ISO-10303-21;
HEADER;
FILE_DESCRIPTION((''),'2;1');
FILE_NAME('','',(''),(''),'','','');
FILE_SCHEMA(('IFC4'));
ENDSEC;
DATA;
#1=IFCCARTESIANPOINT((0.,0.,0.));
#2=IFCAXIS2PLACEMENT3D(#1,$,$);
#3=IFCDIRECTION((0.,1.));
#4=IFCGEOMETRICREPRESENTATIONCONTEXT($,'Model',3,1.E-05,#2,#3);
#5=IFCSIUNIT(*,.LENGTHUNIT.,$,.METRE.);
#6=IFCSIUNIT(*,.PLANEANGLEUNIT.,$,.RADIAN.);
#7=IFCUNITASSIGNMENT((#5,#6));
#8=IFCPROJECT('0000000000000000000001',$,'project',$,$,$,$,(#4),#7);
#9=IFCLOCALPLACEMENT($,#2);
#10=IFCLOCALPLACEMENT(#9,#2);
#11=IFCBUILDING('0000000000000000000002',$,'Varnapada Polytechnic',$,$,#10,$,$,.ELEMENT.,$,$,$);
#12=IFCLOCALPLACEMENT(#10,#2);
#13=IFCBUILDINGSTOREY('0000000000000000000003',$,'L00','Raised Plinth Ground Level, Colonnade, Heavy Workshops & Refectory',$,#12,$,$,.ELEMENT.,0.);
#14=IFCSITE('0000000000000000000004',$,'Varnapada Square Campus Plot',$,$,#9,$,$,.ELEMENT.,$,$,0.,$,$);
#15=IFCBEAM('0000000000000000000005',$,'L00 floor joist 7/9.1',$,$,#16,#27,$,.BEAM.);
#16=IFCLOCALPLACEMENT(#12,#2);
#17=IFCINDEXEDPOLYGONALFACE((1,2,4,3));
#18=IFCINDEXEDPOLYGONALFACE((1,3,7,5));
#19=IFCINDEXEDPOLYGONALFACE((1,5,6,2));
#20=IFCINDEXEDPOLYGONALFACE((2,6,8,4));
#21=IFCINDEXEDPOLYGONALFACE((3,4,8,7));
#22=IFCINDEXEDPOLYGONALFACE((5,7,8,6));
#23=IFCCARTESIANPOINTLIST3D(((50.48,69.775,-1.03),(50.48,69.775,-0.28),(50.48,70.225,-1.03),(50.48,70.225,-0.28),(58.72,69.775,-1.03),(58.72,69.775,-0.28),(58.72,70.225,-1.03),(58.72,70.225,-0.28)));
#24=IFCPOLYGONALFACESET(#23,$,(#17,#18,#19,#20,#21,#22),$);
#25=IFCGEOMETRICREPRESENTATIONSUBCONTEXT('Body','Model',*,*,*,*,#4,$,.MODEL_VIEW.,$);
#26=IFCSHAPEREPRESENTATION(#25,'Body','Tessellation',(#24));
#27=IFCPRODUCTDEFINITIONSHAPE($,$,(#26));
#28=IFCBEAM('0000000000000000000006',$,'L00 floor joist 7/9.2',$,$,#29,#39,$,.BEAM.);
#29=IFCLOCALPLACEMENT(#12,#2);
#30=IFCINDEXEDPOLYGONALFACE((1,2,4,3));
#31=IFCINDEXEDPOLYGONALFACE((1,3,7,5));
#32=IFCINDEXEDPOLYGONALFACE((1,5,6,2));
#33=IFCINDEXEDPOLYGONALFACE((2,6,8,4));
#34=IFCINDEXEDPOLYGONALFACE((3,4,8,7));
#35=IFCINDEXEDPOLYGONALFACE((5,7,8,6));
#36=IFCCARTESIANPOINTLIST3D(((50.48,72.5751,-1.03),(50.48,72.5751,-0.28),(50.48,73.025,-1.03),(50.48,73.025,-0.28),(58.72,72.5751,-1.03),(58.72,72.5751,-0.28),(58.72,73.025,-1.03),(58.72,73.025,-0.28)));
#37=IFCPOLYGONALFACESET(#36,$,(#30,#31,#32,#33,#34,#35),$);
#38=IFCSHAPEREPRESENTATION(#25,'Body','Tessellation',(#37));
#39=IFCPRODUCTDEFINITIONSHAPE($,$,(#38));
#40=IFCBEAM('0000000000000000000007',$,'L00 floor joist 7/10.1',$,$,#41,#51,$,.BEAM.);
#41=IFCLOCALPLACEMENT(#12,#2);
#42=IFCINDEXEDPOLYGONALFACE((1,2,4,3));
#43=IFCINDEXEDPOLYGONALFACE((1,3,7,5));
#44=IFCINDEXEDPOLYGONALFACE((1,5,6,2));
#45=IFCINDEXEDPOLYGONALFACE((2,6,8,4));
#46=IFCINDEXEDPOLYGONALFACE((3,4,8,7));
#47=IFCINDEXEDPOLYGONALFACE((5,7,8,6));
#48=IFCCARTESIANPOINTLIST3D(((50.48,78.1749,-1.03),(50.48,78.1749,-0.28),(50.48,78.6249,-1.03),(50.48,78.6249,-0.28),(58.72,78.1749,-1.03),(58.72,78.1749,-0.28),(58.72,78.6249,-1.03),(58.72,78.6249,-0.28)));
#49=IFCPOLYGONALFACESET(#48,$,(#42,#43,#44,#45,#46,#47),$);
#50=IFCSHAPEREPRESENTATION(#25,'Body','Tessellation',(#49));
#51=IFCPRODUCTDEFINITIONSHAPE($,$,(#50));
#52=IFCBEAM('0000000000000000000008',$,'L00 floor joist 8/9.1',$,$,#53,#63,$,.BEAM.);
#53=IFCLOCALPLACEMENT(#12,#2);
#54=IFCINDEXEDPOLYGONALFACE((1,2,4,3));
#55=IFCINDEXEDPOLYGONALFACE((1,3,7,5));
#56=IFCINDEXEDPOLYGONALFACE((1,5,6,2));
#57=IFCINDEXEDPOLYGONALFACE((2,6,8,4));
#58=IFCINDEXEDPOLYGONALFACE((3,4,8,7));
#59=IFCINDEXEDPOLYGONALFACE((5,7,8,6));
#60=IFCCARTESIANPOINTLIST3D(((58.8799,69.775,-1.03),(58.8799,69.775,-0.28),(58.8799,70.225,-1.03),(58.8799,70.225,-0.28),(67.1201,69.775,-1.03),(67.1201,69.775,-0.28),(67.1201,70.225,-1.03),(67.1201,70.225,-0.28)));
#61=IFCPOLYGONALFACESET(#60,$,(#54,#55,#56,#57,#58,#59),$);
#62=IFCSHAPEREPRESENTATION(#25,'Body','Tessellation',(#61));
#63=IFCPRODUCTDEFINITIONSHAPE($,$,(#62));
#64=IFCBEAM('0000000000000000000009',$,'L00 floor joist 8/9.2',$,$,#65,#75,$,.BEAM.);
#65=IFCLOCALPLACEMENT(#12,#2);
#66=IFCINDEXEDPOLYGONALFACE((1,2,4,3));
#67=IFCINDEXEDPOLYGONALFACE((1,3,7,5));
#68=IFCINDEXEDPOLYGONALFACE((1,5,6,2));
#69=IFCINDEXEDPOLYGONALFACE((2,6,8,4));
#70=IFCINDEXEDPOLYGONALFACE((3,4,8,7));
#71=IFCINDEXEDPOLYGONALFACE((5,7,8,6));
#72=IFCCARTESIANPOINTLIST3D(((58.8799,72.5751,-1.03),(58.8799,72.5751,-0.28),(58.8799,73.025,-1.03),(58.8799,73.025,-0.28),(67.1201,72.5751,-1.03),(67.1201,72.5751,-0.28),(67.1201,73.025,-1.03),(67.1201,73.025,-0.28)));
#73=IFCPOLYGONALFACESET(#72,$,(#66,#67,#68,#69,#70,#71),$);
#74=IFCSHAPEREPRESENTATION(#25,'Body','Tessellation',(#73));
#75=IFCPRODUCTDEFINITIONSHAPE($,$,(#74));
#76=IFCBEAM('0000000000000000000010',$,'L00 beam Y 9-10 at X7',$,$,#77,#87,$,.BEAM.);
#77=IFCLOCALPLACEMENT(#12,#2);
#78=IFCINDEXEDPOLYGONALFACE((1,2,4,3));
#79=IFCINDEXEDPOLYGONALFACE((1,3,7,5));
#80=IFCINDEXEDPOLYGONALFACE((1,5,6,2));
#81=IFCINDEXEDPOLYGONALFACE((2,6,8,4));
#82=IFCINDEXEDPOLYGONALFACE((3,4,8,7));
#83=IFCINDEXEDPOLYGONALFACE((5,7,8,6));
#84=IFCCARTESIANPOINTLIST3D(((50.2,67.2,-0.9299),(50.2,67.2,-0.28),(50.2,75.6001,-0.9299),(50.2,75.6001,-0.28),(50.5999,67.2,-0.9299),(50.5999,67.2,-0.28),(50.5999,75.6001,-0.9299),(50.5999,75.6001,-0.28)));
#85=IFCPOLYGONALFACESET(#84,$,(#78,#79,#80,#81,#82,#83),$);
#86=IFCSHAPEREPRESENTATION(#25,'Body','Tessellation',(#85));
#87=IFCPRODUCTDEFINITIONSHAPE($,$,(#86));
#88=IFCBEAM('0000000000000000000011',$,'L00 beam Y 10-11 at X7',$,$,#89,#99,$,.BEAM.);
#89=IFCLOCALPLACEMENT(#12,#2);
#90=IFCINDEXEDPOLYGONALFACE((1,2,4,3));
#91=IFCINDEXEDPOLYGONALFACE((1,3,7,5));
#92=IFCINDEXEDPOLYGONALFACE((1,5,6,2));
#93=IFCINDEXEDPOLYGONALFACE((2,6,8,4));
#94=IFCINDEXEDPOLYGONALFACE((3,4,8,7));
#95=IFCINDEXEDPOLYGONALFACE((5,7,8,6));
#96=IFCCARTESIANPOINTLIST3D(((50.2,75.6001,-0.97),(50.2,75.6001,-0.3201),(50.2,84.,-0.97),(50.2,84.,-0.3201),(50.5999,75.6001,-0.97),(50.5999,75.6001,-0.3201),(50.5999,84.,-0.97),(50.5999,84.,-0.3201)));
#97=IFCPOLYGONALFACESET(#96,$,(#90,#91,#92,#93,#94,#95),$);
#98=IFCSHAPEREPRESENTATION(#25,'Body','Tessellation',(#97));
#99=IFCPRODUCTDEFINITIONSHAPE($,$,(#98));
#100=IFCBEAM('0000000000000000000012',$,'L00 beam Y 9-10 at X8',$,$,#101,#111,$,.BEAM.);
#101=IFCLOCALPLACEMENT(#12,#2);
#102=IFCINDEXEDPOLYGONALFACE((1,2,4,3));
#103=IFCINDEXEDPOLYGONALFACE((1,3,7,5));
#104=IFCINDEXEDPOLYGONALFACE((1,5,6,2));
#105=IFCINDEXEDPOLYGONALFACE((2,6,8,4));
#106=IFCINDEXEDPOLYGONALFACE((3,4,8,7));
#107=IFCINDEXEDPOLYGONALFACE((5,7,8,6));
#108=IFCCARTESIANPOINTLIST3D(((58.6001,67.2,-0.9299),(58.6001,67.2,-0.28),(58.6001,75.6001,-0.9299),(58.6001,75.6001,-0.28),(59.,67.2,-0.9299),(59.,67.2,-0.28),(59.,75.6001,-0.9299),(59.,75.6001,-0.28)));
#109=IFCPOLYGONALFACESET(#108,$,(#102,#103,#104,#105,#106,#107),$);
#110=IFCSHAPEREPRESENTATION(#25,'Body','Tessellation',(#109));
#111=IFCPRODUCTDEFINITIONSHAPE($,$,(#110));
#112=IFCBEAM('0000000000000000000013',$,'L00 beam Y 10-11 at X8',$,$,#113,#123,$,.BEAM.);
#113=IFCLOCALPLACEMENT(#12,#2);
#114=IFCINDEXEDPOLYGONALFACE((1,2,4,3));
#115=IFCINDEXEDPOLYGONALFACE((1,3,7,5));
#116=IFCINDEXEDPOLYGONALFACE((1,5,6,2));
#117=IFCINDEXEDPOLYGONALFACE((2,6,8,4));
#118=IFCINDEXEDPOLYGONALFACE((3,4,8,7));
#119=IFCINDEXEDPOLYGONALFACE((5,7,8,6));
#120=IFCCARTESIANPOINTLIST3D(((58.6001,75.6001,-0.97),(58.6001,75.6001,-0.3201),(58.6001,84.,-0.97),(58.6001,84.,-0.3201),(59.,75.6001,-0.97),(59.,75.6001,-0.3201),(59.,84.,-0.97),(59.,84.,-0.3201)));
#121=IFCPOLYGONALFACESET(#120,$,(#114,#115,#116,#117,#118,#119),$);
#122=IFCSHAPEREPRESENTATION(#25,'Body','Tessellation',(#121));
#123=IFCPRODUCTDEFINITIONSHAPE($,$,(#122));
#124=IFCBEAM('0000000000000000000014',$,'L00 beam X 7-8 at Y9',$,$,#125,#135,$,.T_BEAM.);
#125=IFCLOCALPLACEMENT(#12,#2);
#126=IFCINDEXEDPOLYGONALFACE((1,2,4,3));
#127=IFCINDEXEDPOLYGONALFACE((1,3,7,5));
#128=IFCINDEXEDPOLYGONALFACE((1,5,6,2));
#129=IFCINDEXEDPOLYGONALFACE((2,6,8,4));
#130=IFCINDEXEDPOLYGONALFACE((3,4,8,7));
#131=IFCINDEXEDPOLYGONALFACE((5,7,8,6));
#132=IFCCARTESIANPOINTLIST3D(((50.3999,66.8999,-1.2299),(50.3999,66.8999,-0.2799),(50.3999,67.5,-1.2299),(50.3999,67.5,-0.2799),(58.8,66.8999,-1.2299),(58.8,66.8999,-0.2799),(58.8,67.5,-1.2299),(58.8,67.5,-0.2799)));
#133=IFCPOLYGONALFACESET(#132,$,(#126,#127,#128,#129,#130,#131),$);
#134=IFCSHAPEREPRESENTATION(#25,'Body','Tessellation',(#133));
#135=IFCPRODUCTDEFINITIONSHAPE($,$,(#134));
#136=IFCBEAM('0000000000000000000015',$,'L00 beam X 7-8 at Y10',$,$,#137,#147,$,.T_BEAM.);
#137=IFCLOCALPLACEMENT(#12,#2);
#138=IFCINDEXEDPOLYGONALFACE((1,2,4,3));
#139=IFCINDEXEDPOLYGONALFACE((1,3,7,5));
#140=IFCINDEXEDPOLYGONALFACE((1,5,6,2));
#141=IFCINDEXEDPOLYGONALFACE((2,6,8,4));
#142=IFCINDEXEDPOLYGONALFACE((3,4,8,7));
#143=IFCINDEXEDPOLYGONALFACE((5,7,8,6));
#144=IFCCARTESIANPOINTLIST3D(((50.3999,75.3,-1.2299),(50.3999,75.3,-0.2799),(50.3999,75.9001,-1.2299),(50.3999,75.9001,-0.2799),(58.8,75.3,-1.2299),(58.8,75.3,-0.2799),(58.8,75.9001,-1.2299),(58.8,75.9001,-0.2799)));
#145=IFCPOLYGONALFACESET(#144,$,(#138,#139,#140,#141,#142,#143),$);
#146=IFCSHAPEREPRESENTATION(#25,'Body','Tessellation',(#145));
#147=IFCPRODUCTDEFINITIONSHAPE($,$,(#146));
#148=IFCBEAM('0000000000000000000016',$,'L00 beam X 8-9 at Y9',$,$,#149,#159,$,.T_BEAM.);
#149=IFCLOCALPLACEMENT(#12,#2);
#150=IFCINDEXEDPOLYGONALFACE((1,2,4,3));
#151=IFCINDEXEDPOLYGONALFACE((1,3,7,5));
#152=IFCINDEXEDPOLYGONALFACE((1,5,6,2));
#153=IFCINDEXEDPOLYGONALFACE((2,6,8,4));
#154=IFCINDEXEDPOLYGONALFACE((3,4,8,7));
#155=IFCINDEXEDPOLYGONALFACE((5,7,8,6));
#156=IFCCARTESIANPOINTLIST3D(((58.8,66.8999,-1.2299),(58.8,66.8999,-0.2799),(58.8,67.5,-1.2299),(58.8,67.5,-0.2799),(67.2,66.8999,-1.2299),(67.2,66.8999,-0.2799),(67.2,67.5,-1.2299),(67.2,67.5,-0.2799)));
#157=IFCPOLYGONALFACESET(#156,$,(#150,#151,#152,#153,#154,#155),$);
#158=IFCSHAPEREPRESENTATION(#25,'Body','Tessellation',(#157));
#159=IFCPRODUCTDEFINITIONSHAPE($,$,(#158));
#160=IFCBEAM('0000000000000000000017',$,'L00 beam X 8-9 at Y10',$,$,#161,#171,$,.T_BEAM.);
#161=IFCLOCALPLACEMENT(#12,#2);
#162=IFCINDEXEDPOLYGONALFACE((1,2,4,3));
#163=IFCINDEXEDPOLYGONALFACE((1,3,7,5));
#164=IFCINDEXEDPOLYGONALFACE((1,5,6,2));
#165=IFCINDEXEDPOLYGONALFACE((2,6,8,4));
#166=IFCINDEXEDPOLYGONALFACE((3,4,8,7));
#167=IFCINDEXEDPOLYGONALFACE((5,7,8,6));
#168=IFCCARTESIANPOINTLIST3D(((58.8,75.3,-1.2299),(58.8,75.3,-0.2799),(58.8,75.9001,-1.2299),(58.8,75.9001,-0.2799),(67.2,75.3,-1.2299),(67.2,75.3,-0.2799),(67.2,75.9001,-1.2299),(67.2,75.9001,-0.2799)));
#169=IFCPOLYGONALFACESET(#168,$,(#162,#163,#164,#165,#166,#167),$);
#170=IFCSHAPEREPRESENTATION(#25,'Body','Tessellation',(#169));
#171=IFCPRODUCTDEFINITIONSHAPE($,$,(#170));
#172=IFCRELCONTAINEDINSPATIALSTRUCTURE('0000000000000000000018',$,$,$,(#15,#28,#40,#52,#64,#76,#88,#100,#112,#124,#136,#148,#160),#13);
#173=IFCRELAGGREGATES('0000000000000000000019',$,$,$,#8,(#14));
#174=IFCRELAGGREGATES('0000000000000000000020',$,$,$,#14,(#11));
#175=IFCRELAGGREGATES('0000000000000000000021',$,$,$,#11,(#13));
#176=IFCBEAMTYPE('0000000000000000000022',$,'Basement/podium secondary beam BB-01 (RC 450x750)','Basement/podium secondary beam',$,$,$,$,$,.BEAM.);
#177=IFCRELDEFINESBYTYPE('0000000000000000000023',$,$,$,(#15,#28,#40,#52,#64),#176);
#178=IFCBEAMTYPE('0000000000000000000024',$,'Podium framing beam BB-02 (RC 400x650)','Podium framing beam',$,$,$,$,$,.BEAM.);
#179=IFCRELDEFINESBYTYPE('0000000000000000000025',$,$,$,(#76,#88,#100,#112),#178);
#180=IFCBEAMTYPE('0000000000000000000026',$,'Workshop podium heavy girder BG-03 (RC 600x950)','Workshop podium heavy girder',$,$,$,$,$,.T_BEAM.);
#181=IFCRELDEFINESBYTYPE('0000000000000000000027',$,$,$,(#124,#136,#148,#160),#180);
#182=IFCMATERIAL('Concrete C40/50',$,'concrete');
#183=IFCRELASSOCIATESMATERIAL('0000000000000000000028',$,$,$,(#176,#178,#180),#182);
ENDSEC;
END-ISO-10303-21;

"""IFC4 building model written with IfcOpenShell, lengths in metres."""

from ifc_helpers import new_model, si_unit, direction, frame, origin, origin_2d, place, context, subcontext, project, spatial, rectangle, extrude, material, material_profile, profile_set, type_object, element, save


model = new_model("IFC4")

# Units and contexts
model_context = context("Model", 3, precision=1e-05, world=origin(), true_north=direction((0.0, 1.0)))
body_context = subcontext(model_context, "Body", "Model", "MODEL_VIEW")
ifc_project = project(units=[si_unit("LENGTHUNIT", "METRE"), si_unit("PLANEANGLEUNIT", "RADIAN")], contexts=[model_context])

# Site, building, storey
site_placement = place(None, origin())
site = spatial("IfcSite", under=ifc_project, at=site_placement, Name="Varnapada Square Campus Plot", CompositionType="ELEMENT", RefElevation=0.0)
building_placement = place(site_placement, origin())
building = spatial("IfcBuilding", under=site, at=building_placement, Name="Varnapada Polytechnic", CompositionType="ELEMENT")
storey_placement = place(building_placement, origin())
storey = spatial("IfcBuildingStorey", under=building, at=storey_placement, Name="L00", Description="Raised Plinth Ground Level, Colonnade, Heavy Workshops & Refectory", CompositionType="ELEMENT", Elevation=0.0)

# Beams
ifc_material = material(Name="Concrete C40/50", Category="concrete")
ifc_material_profile_1 = material_profile(ifc_material, rectangle(XDim=0.45, YDim=0.75, at=origin_2d()), Name="RC 450x750")
ifc_profile_set_1 = profile_set([ifc_material_profile_1], Name="Concrete C40/50")
beam_type_1 = type_object("IfcBeamType", Name="Basement/podium secondary beam BB-01 (RC 450x750)", Description="Basement/podium secondary beam", PredefinedType="BEAM", material=ifc_profile_set_1)
for number, where, z_axis, x_axis, name in (
    (1, (50.48, 70.0, -0.655), (1.0, 0.0, 0.0), (0.0, 1.0, 0.0), "L00 floor joist 7/9.1"),
    (2, (50.48, 72.8, -0.655), (1.0, 0.0, 0.0), (0.0, 1.0, 0.0), "L00 floor joist 7/9.2"),
    (3, (50.48, 78.3999, -0.655), (1.0, 0.0, 0.0), (0.0, 1.0, 0.0), "L00 floor joist 7/10.1"),
):
    element("IfcBeam", number, at=place(storey_placement, frame(where, z_axis=z_axis, x_axis=x_axis)), inside=storey, type_object=beam_type_1, Name=name, PredefinedType="BEAM", context=body_context, shape_type="SweptSolid", body=[
        extrude(rectangle(XDim=0.45, YDim=0.75, at=origin_2d()), origin(), (0.0, 0.0, 1.0), 8.24),
    ])
for number, where, z_axis, x_axis, name in (
    (4, (58.8799, 70.0, -0.655), (1.0, 0.0, 0.0), (0.0, 1.0, 0.0), "L00 floor joist 8/9.1"),
    (5, (58.8799, 72.8, -0.655), (1.0, 0.0, 0.0), (0.0, 1.0, 0.0), "L00 floor joist 8/9.2"),
):
    element("IfcBeam", number, at=place(storey_placement, frame(where, z_axis=z_axis, x_axis=x_axis)), inside=storey, type_object=beam_type_1, Name=name, PredefinedType="BEAM", context=body_context, shape_type="SweptSolid", body=[
        extrude(rectangle(XDim=0.45, YDim=0.75, at=origin_2d()), origin(), (0.0, 0.0, 1.0), 8.2402),
    ])
ifc_material_profile_2 = material_profile(ifc_material, rectangle(XDim=0.3999, YDim=0.6499, at=origin_2d()), Name="RC 400x650")
ifc_profile_set_2 = profile_set([ifc_material_profile_2], Name="Concrete C40/50")
beam_type_2 = type_object("IfcBeamType", Name="Podium framing beam BB-02 (RC 400x650)", Description="Podium framing beam", PredefinedType="BEAM", material=ifc_profile_set_2)
beam_1_placement = place(storey_placement, frame((50.3999, 67.2, -0.605), z_axis=(0.0, 1.0, 0.0), x_axis=(-1.0, 0.0, 0.0)))
element("IfcBeam", 6, at=beam_1_placement, inside=storey, type_object=beam_type_2, Name="L00 beam Y 9-10 at X7", PredefinedType="BEAM", context=body_context, shape_type="SweptSolid", body=[
    extrude(rectangle(XDim=0.3999, YDim=0.6499, at=origin_2d()), origin(), (0.0, 0.0, 1.0), 8.4001),
])
beam_2_placement = place(storey_placement, frame((50.3999, 75.6001, -0.645), z_axis=(0.0, 1.0, 0.0), x_axis=(-1.0, 0.0, 0.0)))
element("IfcBeam", 7, at=beam_2_placement, inside=storey, type_object=beam_type_2, Name="L00 beam Y 10-11 at X7", PredefinedType="BEAM", context=body_context, shape_type="SweptSolid", body=[
    extrude(rectangle(XDim=0.3999, YDim=0.6499, at=origin_2d()), origin(), (0.0, 0.0, 1.0), 8.3999),
])
beam_3_placement = place(storey_placement, frame((58.8, 67.2, -0.605), z_axis=(0.0, 1.0, 0.0), x_axis=(-1.0, 0.0, 0.0)))
element("IfcBeam", 8, at=beam_3_placement, inside=storey, type_object=beam_type_2, Name="L00 beam Y 9-10 at X8", PredefinedType="BEAM", context=body_context, shape_type="SweptSolid", body=[
    extrude(rectangle(XDim=0.3999, YDim=0.6499, at=origin_2d()), origin(), (0.0, 0.0, 1.0), 8.4001),
])
beam_4_placement = place(storey_placement, frame((58.8, 75.6001, -0.645), z_axis=(0.0, 1.0, 0.0), x_axis=(-1.0, 0.0, 0.0)))
element("IfcBeam", 9, at=beam_4_placement, inside=storey, type_object=beam_type_2, Name="L00 beam Y 10-11 at X8", PredefinedType="BEAM", context=body_context, shape_type="SweptSolid", body=[
    extrude(rectangle(XDim=0.3999, YDim=0.6499, at=origin_2d()), origin(), (0.0, 0.0, 1.0), 8.3999),
])
ifc_material_profile_3 = material_profile(ifc_material, rectangle(XDim=0.6001, YDim=0.95, at=origin_2d()), Name="RC 600x950")
ifc_profile_set_3 = profile_set([ifc_material_profile_3], Name="Concrete C40/50")
beam_type_3 = type_object("IfcBeamType", Name="Workshop podium heavy girder BG-03 (RC 600x950)", Description="Workshop podium heavy girder", PredefinedType="T_BEAM", material=ifc_profile_set_3)
for number, where, z_axis, x_axis, name in (
    (10, (50.3999, 67.2, -0.7549), (1.0, 0.0, 0.0), (0.0, 1.0, 0.0), "L00 beam X 7-8 at Y9"),
    (11, (50.3999, 75.6001, -0.7549), (1.0, 0.0, 0.0), (0.0, 1.0, 0.0), "L00 beam X 7-8 at Y10"),
):
    element("IfcBeam", number, at=place(storey_placement, frame(where, z_axis=z_axis, x_axis=x_axis)), inside=storey, type_object=beam_type_3, Name=name, PredefinedType="T_BEAM", context=body_context, shape_type="SweptSolid", body=[
        extrude(rectangle(XDim=0.6001, YDim=0.95, at=origin_2d()), origin(), (0.0, 0.0, 1.0), 8.4001),
    ])
for number, where, z_axis, x_axis, name in (
    (12, (58.8, 67.2, -0.7549), (1.0, 0.0, 0.0), (0.0, 1.0, 0.0), "L00 beam X 8-9 at Y9"),
    (13, (58.8, 75.6001, -0.7549), (1.0, 0.0, 0.0), (0.0, 1.0, 0.0), "L00 beam X 8-9 at Y10"),
):
    element("IfcBeam", number, at=place(storey_placement, frame(where, z_axis=z_axis, x_axis=x_axis)), inside=storey, type_object=beam_type_3, Name=name, PredefinedType="T_BEAM", context=body_context, shape_type="SweptSolid", body=[
        extrude(rectangle(XDim=0.6001, YDim=0.95, at=origin_2d()), origin(), (0.0, 0.0, 1.0), 8.3999),
    ])

save(model, "model.ifc")
